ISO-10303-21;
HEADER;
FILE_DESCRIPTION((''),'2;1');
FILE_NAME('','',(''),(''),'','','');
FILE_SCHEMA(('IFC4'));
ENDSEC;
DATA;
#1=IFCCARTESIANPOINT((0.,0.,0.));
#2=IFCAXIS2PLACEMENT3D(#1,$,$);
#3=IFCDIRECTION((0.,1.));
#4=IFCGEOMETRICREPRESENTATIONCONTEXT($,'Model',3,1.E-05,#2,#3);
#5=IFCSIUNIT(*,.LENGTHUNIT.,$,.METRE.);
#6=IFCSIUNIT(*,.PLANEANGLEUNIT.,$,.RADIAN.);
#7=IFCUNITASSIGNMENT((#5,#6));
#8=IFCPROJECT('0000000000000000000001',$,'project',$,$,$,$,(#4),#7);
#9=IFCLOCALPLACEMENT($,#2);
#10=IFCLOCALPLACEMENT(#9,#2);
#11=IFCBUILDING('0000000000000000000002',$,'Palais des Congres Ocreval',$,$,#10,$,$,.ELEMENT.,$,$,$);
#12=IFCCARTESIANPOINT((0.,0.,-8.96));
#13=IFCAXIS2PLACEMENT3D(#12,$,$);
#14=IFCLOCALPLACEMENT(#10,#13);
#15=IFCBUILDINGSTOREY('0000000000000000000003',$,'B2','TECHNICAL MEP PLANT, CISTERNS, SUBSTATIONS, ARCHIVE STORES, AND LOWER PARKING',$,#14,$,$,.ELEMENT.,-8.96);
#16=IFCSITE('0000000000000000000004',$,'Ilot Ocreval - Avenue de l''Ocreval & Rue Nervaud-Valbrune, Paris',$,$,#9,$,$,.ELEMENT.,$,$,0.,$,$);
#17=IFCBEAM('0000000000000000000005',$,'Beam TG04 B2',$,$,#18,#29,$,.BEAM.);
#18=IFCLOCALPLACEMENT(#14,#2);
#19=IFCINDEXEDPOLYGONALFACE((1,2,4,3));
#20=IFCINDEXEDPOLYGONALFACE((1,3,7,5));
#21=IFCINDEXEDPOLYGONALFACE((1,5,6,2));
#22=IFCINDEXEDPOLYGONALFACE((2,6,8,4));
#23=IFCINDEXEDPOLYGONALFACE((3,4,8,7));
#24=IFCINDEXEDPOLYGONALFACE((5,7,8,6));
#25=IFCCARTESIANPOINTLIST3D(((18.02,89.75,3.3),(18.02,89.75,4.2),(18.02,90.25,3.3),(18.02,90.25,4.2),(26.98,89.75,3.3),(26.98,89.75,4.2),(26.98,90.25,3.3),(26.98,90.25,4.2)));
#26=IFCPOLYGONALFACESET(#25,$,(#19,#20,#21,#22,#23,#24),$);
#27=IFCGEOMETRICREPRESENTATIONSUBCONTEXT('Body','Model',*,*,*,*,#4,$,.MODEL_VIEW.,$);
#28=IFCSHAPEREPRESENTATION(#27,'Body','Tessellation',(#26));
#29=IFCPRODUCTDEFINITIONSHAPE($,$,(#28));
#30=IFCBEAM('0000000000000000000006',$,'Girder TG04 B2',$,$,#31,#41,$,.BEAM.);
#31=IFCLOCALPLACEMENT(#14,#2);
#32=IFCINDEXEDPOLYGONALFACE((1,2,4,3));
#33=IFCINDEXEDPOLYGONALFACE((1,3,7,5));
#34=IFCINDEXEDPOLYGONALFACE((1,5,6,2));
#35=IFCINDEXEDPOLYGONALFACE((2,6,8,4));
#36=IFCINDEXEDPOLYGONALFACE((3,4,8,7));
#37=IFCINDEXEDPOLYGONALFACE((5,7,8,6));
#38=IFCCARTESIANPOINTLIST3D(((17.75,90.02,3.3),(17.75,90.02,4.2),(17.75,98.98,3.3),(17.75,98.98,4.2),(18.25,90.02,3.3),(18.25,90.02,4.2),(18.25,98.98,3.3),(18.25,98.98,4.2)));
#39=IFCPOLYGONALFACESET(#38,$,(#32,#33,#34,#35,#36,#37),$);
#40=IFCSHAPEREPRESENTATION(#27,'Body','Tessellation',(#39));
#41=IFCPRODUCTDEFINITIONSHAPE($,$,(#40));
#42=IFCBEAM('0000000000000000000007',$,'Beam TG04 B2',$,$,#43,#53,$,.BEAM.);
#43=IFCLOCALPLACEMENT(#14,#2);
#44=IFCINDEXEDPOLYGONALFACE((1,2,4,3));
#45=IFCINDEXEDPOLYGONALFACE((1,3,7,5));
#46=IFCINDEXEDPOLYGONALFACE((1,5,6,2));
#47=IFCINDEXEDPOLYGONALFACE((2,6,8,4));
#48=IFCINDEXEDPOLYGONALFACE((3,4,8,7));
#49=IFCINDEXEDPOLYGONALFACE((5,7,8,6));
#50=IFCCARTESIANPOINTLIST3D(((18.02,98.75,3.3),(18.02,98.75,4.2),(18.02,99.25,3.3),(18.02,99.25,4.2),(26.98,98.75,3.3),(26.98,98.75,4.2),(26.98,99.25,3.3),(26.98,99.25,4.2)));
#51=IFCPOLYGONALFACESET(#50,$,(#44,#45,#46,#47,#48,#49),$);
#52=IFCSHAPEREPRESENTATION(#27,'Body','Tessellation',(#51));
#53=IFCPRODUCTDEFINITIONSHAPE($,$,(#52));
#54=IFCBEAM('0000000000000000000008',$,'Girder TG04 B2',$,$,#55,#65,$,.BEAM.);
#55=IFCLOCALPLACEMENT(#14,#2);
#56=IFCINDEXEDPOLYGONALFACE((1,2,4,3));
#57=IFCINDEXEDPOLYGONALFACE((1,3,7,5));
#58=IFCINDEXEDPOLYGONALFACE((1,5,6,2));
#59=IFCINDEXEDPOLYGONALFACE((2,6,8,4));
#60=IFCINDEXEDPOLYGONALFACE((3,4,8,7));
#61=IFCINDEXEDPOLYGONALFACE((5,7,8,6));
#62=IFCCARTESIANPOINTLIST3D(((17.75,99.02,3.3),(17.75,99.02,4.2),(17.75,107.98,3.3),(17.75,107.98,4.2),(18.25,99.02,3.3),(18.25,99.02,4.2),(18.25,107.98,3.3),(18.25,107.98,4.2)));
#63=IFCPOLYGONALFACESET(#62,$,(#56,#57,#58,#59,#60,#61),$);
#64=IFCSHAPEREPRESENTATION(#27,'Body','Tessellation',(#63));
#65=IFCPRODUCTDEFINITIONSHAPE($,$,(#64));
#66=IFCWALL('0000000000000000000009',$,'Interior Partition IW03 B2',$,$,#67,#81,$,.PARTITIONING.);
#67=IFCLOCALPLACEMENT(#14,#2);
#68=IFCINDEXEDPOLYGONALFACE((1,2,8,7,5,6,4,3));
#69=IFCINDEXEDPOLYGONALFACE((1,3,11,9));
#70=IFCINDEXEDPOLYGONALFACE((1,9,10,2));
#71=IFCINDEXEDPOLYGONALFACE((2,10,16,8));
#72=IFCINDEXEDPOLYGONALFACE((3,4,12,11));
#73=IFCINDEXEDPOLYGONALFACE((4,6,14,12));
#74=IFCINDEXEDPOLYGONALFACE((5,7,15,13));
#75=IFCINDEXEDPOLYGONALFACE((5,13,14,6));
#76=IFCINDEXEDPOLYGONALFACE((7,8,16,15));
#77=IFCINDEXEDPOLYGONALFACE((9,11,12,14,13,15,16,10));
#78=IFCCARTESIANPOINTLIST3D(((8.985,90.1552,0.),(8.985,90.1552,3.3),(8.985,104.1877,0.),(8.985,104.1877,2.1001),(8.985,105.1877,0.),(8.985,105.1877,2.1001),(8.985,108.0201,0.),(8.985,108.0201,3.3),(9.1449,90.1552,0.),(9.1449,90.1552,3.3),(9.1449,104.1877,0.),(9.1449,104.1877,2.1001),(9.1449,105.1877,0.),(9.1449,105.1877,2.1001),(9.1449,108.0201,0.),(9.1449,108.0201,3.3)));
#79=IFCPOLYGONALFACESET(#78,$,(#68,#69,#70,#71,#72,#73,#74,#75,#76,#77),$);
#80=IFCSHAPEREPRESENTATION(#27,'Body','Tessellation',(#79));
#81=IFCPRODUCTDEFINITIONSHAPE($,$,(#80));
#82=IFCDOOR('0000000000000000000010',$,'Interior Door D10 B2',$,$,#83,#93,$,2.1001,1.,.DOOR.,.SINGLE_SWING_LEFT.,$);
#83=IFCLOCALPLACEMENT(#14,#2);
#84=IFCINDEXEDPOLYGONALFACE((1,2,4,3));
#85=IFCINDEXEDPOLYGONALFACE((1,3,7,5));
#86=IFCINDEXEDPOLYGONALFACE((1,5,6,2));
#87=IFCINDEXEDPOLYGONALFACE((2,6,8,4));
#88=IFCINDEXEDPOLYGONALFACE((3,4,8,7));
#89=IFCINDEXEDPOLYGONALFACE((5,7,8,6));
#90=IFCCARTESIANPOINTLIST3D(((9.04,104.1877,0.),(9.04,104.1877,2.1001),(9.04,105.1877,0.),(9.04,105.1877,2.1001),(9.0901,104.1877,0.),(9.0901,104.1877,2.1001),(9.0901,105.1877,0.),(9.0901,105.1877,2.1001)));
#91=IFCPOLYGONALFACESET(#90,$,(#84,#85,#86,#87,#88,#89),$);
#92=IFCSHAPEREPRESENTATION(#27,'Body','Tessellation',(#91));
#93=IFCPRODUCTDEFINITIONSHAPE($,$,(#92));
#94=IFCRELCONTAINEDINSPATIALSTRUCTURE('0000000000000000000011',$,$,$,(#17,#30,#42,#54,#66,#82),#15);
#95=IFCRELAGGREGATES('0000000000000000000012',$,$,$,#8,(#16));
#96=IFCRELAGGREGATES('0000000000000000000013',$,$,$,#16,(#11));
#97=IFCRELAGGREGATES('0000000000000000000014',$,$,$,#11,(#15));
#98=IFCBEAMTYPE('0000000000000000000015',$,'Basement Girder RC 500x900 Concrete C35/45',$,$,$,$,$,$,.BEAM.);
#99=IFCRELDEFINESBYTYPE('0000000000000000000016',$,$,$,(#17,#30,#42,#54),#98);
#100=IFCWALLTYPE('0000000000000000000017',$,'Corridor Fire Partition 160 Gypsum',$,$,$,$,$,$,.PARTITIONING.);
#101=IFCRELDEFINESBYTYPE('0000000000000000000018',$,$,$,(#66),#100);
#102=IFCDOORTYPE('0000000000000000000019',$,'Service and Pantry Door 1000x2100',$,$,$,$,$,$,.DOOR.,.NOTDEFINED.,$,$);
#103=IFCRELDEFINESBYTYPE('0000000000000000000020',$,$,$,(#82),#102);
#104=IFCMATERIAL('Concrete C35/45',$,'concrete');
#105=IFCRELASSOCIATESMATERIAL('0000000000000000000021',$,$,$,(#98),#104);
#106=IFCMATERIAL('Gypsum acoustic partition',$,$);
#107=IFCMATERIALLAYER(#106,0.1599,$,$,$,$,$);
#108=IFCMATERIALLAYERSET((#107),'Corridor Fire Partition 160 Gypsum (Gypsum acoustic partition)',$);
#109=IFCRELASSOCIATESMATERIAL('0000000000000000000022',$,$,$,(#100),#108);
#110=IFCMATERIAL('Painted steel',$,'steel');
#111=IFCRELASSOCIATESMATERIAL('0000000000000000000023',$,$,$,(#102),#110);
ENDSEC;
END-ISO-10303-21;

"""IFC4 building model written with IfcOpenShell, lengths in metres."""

from ifc_helpers import new_model, si_unit, direction, frame, frame_2d, origin, origin_2d, place, context, subcontext, project, spatial, rectangle, extrude, material, layer, layer_set, material_profile, profile_set, type_object, element, fill, save


model = new_model("IFC4")

# Units and contexts
model_context = context("Model", 3, precision=1e-05, world=origin(), true_north=direction((0.0, 1.0)))
body_context = subcontext(model_context, "Body", "Model", "MODEL_VIEW")
ifc_project = project(units=[si_unit("LENGTHUNIT", "METRE"), si_unit("PLANEANGLEUNIT", "RADIAN")], contexts=[model_context])

# Site, building, storey
site_placement = place(None, origin())
site = spatial("IfcSite", under=ifc_project, at=site_placement, Name="Ilot Ocreval - Avenue de l'Ocreval & Rue Nervaud-Valbrune, Paris", CompositionType="ELEMENT", RefElevation=0.0)
building_placement = place(site_placement, origin())
building = spatial("IfcBuilding", under=site, at=building_placement, Name="Palais des Congres Ocreval", CompositionType="ELEMENT")
storey_placement = place(building_placement, frame((0.0, 0.0, -8.96)))
storey = spatial("IfcBuildingStorey", under=building, at=storey_placement, Name="B2", Description="TECHNICAL MEP PLANT, CISTERNS, SUBSTATIONS, ARCHIVE STORES, AND LOWER PARKING", CompositionType="ELEMENT", Elevation=-8.96)

# Shared definitions
ifc_material_1 = material(Name="Concrete C35/45", Category="concrete")

# Beams
ifc_material_profile_1 = material_profile(ifc_material_1, rectangle(XDim=0.5, YDim=0.8999, at=origin_2d()), Name="RC 500x900")
ifc_profile_set_1 = profile_set([ifc_material_profile_1], Name="Concrete C35/45")
beam_type = type_object("IfcBeamType", Name="Basement Girder RC 500x900 Concrete C35/45", PredefinedType="BEAM", material=ifc_profile_set_1)
for number, where, z_axis, x_axis, name in (
    (1, (18.02, 90.0, 3.75), (1.0, 0.0, 0.0), (0.0, 1.0, 0.0), "Beam TG04 B2"),
    (2, (18.0, 90.02, 3.75), (0.0, 1.0, 0.0), (-1.0, 0.0, 0.0), "Girder TG04 B2"),
    (3, (18.02, 99.0, 3.75), (1.0, 0.0, 0.0), (0.0, 1.0, 0.0), "Beam TG04 B2"),
    (4, (18.0, 99.02, 3.75), (0.0, 1.0, 0.0), (-1.0, 0.0, 0.0), "Girder TG04 B2"),
):
    element("IfcBeam", number, at=place(storey_placement, frame(where, z_axis=z_axis, x_axis=x_axis)), inside=storey, type_object=beam_type, Name=name, PredefinedType="BEAM", context=body_context, shape_type="SweptSolid", body=[
        extrude(rectangle(XDim=0.5, YDim=0.8999, at=origin_2d()), origin(), (0.0, 0.0, 1.0), 8.96),
    ])

# Wall, opening, door
ifc_material_2 = material(Name="Gypsum acoustic partition")
ifc_layer = layer(ifc_material_2, 0.1599)
ifc_layer_set = layer_set([ifc_layer], Name="Corridor Fire Partition 160 Gypsum (Gypsum acoustic partition)")
wall_type = type_object("IfcWallType", Name="Corridor Fire Partition 160 Gypsum", PredefinedType="PARTITIONING", material=ifc_layer_set)
wall_placement = place(storey_placement, frame((9.0649, 90.155, 0.0), z_axis=(0.0, 0.0, 1.0), x_axis=(0.0, 1.0, 0.0)))
wall = element("IfcWall", 5, at=wall_placement, inside=storey, type_object=wall_type, Name="Interior Partition IW03 B2", PredefinedType="PARTITIONING", context=body_context, shape_type="SweptSolid", body=[
    extrude(rectangle(XDim=17.865, YDim=0.1599, at=frame_2d((8.9326, 0.0))), origin(), (0.0, 0.0, 1.0), 3.3),
])
opening_placement = place(wall_placement, frame((14.0327, 0.0, 0.0)))
opening = element("IfcOpeningElement", 6, at=opening_placement, cuts=wall, PredefinedType="OPENING", context=body_context, shape_type="SweptSolid", body=[
    extrude(rectangle(XDim=1.0, YDim=2.1001, at=frame_2d((0.5, 1.05))), frame((0.0, 0.0898, 0.0), z_axis=(0.0, -1.0, 0.0), x_axis=(1.0, 0.0, 0.0)), (0.0, 0.0, 1.0), 0.1799),
])
ifc_material_3 = material(Name="Painted steel", Category="steel")
door_type = type_object("IfcDoorType", Name="Service and Pantry Door 1000x2100", OperationType="NOTDEFINED", PredefinedType="DOOR", material=ifc_material_3)
door_placement = place(opening_placement, origin())
door = element("IfcDoor", 7, at=door_placement, inside=storey, type_object=door_type, Name="Interior Door D10 B2", OperationType="SINGLE_SWING_LEFT", OverallHeight=2.1001, OverallWidth=1.0, PredefinedType="DOOR", context=body_context, shape_type="SweptSolid", body=[
    extrude(rectangle(XDim=1.0, YDim=2.1001, at=frame_2d((0.5, 1.05))), frame((0.0, 0.0249, 0.0), z_axis=(0.0, -1.0, 0.0), x_axis=(1.0, 0.0, 0.0)), (0.0, 0.0, 1.0), 0.05),
])
fill(opening, door)

save(model, "model.ifc")
